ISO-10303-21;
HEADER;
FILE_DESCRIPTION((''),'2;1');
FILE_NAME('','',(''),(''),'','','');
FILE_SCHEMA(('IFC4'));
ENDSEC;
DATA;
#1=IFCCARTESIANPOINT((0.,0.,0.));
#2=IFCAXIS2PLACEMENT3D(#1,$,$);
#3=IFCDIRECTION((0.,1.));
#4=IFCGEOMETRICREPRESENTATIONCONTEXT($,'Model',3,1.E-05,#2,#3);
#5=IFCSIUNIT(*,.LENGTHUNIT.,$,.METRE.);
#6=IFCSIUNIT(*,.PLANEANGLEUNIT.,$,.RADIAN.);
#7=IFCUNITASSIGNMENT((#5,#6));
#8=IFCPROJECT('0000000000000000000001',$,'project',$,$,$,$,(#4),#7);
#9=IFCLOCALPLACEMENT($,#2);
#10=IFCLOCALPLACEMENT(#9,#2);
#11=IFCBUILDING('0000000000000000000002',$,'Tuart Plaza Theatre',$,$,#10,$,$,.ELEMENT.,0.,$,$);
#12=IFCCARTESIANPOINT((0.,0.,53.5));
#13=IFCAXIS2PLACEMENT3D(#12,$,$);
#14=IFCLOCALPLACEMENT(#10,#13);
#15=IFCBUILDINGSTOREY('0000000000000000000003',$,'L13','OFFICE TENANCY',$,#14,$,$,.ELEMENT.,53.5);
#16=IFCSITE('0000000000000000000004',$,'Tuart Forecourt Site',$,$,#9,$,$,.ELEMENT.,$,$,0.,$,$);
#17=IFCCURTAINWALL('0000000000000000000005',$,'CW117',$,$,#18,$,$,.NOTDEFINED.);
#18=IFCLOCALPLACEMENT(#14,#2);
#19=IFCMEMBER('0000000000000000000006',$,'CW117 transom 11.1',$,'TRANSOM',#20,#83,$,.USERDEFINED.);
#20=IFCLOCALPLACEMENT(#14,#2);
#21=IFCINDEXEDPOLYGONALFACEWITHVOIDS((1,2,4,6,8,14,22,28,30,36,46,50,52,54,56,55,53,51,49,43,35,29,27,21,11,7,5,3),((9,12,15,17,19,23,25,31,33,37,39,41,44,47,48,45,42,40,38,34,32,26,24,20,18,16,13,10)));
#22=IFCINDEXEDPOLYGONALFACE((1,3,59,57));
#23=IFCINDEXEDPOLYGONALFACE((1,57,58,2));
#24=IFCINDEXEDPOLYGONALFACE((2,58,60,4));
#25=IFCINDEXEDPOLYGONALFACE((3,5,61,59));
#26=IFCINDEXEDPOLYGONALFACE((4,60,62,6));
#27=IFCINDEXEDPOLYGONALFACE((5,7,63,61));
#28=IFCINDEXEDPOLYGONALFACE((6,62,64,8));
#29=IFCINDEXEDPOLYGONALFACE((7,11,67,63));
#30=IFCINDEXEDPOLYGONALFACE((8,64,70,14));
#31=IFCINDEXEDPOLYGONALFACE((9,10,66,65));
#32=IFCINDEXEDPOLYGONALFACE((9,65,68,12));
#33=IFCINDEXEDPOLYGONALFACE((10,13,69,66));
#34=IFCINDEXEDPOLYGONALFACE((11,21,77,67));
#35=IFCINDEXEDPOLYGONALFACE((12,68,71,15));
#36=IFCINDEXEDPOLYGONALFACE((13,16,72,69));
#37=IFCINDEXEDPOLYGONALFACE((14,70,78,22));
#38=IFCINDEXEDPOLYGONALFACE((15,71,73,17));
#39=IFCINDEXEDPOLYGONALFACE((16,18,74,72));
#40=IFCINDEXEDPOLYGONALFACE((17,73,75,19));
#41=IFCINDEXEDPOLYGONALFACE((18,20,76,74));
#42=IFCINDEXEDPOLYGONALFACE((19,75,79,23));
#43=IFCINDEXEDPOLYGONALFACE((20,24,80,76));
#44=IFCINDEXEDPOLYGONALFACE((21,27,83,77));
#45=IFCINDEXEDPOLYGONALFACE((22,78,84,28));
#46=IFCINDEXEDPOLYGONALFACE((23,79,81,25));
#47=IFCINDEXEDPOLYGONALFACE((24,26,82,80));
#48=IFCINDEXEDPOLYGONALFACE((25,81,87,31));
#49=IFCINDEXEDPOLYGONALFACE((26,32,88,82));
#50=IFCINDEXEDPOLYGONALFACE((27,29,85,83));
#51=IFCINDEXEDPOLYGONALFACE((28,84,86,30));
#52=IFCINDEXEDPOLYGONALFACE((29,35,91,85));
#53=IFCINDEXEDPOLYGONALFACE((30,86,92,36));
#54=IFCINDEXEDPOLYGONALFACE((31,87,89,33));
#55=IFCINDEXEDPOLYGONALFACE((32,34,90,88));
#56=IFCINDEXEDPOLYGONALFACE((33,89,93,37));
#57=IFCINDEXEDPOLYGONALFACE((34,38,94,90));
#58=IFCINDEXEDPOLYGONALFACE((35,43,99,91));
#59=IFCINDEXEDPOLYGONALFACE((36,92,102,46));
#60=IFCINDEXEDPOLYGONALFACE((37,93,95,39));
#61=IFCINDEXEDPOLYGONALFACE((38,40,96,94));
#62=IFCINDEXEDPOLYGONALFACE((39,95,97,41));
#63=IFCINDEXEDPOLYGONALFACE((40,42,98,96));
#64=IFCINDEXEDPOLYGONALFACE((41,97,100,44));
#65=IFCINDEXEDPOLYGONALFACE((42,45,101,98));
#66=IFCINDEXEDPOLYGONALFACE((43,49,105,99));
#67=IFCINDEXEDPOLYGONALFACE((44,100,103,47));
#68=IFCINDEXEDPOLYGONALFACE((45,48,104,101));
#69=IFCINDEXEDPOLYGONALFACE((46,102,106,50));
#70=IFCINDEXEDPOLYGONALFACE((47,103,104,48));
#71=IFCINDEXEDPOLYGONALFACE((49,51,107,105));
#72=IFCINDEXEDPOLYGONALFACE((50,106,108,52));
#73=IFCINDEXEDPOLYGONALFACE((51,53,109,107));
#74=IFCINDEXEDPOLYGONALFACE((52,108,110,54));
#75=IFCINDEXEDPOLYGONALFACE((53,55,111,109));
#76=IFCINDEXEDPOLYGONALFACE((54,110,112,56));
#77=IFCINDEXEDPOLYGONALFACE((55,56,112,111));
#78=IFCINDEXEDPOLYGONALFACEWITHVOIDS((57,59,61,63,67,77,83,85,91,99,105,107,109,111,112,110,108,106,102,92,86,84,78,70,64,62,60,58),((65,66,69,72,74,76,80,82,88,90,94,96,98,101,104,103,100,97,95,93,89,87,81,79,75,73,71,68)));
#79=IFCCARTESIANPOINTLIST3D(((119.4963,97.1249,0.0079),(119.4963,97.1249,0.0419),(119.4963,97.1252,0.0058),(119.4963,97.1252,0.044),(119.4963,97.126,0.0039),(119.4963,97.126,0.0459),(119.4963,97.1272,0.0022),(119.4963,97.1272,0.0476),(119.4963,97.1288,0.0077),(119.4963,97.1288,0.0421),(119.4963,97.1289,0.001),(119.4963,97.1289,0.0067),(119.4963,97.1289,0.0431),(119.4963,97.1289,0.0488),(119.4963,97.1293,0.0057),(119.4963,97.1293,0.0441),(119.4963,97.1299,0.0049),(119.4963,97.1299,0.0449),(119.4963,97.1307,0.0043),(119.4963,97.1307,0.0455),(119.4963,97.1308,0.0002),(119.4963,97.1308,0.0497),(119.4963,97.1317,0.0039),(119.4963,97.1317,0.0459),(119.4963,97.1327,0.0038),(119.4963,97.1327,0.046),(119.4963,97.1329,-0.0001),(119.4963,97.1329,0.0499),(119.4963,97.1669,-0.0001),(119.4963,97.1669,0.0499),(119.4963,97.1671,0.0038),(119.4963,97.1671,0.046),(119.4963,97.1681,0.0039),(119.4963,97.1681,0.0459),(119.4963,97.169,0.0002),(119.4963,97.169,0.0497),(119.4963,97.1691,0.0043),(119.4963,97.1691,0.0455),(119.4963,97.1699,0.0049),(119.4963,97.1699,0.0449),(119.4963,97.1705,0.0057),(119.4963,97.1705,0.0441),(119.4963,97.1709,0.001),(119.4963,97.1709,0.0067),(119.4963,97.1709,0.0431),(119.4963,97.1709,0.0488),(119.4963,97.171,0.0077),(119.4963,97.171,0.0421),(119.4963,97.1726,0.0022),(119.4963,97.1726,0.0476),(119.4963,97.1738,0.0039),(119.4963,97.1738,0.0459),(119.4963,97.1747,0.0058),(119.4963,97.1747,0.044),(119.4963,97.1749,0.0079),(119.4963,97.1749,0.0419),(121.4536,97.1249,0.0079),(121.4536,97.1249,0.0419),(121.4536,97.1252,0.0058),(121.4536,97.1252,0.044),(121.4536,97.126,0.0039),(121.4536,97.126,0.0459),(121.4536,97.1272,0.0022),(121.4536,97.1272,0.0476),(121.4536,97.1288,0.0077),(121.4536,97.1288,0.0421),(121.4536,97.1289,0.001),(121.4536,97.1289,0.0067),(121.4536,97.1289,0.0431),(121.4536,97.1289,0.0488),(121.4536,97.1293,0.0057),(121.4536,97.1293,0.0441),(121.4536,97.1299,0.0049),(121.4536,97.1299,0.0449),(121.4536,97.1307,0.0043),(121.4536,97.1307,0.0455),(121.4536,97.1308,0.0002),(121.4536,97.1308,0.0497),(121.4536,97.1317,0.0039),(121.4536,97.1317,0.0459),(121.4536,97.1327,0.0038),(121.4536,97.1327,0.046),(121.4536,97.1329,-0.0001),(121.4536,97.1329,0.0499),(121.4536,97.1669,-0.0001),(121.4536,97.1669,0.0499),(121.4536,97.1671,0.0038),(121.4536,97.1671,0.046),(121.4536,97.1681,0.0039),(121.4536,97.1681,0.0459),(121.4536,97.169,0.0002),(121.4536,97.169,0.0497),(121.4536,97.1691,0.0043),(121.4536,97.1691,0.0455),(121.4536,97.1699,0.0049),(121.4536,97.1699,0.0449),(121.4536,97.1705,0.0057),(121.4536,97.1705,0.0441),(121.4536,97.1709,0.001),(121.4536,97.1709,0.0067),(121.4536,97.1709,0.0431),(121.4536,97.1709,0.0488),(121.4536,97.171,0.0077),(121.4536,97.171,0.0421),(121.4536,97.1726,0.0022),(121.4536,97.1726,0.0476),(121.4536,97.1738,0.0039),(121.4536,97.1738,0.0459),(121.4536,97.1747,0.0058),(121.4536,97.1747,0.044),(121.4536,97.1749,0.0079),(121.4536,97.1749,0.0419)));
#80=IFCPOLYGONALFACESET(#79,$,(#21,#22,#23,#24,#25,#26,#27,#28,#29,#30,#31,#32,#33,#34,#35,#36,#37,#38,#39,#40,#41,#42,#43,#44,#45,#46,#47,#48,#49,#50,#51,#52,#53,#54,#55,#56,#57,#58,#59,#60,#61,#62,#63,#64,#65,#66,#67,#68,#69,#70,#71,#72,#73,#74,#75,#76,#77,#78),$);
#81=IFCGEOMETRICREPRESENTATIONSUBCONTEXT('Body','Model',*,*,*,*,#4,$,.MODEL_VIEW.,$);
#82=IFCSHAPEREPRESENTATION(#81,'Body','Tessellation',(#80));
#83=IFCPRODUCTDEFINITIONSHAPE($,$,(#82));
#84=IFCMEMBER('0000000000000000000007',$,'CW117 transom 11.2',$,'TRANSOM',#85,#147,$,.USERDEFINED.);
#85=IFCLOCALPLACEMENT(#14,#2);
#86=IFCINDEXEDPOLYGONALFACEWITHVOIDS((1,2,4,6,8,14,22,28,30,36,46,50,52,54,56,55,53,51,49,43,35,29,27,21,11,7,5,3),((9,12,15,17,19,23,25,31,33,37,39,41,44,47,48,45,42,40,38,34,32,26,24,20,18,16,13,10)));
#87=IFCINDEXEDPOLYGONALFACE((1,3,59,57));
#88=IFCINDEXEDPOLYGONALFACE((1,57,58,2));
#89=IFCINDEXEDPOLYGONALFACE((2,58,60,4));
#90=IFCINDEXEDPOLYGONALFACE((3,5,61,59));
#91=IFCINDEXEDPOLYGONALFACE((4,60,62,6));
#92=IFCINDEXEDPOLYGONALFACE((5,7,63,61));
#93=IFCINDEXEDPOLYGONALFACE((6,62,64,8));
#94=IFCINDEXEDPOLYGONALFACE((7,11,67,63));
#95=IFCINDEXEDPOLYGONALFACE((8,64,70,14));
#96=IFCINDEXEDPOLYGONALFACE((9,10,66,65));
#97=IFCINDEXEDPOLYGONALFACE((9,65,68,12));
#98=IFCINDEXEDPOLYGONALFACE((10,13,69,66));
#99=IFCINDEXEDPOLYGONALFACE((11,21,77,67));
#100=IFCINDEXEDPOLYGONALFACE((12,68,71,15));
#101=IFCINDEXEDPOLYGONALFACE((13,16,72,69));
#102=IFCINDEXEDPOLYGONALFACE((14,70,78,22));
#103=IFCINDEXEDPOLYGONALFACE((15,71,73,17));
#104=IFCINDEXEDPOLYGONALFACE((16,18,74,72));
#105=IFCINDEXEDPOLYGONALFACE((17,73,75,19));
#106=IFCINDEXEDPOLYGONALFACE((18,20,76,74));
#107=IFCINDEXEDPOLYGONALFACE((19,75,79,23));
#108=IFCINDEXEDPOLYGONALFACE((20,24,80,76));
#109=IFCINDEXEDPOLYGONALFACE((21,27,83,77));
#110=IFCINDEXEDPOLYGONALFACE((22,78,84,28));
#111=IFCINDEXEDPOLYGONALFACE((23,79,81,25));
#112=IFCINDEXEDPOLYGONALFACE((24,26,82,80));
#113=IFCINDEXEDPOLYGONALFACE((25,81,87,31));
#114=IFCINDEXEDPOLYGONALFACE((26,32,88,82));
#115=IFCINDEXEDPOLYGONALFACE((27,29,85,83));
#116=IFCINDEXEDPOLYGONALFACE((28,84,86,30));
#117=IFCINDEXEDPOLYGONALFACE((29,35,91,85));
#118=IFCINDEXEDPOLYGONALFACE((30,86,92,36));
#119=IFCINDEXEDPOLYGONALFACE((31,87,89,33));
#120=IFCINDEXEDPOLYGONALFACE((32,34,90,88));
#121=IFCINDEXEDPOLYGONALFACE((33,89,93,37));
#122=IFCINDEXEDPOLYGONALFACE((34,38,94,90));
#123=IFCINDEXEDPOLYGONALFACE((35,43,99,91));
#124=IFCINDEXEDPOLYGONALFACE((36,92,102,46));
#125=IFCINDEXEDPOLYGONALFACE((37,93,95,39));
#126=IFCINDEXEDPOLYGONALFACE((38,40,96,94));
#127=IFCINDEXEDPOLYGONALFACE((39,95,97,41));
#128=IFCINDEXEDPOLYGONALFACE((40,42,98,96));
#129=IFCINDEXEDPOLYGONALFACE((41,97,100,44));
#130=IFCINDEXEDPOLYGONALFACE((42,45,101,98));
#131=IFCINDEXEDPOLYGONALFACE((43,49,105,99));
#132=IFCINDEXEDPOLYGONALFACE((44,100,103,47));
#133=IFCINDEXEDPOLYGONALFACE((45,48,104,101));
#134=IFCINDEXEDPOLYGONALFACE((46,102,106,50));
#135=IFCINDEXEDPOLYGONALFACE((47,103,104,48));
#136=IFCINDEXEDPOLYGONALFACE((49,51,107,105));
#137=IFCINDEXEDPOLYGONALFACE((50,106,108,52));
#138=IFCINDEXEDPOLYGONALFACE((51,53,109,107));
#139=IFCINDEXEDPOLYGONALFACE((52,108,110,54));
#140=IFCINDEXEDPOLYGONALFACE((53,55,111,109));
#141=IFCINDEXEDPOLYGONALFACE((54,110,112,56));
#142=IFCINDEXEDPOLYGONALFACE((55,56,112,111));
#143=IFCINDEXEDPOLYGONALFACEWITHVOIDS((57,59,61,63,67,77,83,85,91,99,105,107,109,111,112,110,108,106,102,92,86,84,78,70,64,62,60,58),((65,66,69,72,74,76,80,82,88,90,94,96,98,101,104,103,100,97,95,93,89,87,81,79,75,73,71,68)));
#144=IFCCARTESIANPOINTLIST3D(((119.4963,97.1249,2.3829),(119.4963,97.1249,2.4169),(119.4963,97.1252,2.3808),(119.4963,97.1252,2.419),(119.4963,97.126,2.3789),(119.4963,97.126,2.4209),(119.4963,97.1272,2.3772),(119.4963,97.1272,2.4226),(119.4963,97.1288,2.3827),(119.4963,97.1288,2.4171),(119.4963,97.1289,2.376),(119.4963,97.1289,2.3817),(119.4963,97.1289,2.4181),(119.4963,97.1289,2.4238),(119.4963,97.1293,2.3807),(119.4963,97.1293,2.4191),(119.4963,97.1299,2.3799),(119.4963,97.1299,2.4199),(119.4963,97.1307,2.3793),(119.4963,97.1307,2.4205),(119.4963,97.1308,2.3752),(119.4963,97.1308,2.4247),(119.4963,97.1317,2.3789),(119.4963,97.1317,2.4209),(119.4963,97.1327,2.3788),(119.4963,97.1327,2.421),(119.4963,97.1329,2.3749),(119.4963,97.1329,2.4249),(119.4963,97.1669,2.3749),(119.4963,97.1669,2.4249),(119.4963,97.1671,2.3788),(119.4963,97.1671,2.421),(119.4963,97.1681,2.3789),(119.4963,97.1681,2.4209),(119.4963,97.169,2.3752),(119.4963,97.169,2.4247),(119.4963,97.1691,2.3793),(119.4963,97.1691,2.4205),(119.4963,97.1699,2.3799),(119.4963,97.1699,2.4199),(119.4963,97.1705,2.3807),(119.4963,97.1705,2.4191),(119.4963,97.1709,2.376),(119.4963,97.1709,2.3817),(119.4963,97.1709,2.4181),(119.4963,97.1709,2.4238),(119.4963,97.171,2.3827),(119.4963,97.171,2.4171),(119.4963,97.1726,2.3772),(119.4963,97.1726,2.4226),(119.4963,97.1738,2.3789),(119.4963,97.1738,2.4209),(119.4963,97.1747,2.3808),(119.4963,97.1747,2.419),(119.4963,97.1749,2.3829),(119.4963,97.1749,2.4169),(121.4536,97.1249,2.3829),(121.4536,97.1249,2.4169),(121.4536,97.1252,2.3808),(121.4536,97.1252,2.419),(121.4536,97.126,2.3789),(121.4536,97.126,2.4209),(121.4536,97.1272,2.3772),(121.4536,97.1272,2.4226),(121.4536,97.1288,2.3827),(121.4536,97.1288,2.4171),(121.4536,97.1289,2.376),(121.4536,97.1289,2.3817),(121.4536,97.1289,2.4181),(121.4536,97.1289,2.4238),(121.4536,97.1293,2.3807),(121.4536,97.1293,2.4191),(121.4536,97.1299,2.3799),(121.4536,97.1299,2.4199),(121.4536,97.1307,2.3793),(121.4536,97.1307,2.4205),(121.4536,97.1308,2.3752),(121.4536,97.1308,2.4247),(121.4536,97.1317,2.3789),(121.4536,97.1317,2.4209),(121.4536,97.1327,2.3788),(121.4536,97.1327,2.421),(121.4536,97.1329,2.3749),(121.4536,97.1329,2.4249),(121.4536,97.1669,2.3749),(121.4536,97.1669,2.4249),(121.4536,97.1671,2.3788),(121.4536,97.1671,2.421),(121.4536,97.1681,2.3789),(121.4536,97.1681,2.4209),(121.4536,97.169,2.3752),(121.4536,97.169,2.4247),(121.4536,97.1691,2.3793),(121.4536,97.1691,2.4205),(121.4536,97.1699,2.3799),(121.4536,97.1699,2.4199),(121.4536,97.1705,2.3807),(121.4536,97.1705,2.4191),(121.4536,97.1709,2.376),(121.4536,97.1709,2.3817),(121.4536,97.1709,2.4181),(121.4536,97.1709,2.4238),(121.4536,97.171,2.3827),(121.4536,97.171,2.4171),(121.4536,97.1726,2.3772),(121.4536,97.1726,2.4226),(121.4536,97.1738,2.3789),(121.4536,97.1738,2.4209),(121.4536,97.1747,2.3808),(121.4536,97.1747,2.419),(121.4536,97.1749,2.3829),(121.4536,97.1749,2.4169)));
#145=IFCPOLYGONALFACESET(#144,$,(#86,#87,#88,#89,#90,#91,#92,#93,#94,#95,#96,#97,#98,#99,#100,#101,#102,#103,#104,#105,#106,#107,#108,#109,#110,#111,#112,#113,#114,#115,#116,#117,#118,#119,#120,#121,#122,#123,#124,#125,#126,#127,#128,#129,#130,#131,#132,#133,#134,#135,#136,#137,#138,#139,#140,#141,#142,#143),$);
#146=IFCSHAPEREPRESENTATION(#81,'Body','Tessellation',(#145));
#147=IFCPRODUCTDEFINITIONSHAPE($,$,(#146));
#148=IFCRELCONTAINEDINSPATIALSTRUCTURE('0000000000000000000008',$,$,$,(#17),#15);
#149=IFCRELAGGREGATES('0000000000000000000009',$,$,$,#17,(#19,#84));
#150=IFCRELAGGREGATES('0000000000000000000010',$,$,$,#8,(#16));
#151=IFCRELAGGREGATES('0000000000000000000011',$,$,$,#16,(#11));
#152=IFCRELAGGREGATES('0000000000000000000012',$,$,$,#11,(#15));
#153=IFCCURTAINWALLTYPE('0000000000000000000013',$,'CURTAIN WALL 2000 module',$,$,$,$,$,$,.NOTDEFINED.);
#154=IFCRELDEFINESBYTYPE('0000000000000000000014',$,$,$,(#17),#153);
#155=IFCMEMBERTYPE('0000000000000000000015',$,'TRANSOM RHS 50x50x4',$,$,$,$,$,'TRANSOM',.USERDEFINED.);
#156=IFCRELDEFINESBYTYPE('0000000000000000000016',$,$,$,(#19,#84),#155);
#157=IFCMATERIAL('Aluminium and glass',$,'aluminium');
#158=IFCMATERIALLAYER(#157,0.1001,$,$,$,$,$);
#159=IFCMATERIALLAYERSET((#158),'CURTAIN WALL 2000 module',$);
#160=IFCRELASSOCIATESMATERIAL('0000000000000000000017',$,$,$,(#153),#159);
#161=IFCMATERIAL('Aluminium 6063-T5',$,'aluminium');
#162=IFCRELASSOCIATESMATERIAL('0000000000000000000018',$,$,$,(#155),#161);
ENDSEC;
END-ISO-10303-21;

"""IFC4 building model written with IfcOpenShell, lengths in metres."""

from ifc_helpers import new_model, si_unit, direction, frame, origin, origin_2d, place, context, subcontext, project, spatial, hollow_rectangle, extrude, material, layer, layer_set, material_profile, profile_set, type_object, element, aggregate, save


model = new_model("IFC4")

# Units and contexts
model_context = context("Model", 3, precision=1e-05, world=origin(), true_north=direction((0.0, 1.0)))
body_context = subcontext(model_context, "Body", "Model", "MODEL_VIEW")
ifc_project = project(units=[si_unit("LENGTHUNIT", "METRE"), si_unit("PLANEANGLEUNIT", "RADIAN")], contexts=[model_context])

# Site, building, storey
site_placement = place(None, origin())
site = spatial("IfcSite", under=ifc_project, at=site_placement, Name="Tuart Forecourt Site", CompositionType="ELEMENT", RefElevation=0.0)
building_placement = place(site_placement, origin())
building = spatial("IfcBuilding", under=site, at=building_placement, Name="Tuart Plaza Theatre", CompositionType="ELEMENT", ElevationOfRefHeight=0.0)
storey_placement = place(building_placement, frame((0.0, 0.0, 53.5)))
storey = spatial("IfcBuildingStorey", under=building, at=storey_placement, Name="L13", Description="OFFICE TENANCY", CompositionType="ELEMENT", Elevation=53.5)

# Curtain wall, members
ifc_material_1 = material(Name="Aluminium and glass", Category="aluminium")
ifc_layer_1 = layer(ifc_material_1, 0.1001)
ifc_layer_set_1 = layer_set([ifc_layer_1], Name="CURTAIN WALL 2000 module")
curtain_wall_type = type_object("IfcCurtainWallType", Name="CURTAIN WALL 2000 module", PredefinedType="NOTDEFINED", material=ifc_layer_set_1)
curtain_wall_placement = place(storey_placement, origin())
curtain_wall = element("IfcCurtainWall", 1, at=curtain_wall_placement, inside=storey, type_object=curtain_wall_type, Name="CW117", PredefinedType="NOTDEFINED")
ifc_material_2 = material(Name="Aluminium 6063-T5", Category="aluminium")
ifc_material_profile_1 = material_profile(ifc_material_2, hollow_rectangle(XDim=0.05, YDim=0.05, WallThickness=0.0039, InnerFilletRadius=0.0039, OuterFilletRadius=0.0081, at=origin_2d()), Name="RHS 50x50x4")
ifc_profile_set_1 = profile_set([ifc_material_profile_1], Name="Aluminium 6063-T5")
member_type_1 = type_object("IfcMemberType", Name="TRANSOM RHS 50x50x4", ElementType="TRANSOM", PredefinedType="USERDEFINED", material=ifc_profile_set_1)
member_1_placement = place(storey_placement, frame((121.4536, 97.1499, 0.0249), z_axis=(-1.0, 0.0, 0.0), x_axis=(0.0, -1.0, 0.0)))
member_1 = element("IfcMember", 2, at=member_1_placement, type_object=member_type_1, Name="CW117 transom 11.1", ObjectType="TRANSOM", PredefinedType="USERDEFINED", context=body_context, shape_type="SweptSolid", body=[
    extrude(hollow_rectangle(XDim=0.05, YDim=0.05, WallThickness=0.0039, InnerFilletRadius=0.0039, OuterFilletRadius=0.0081, at=origin_2d()), origin(), (0.0, 0.0, 1.0), 1.9573),
])
member_2_placement = place(storey_placement, frame((121.4536, 97.1499, 2.3999), z_axis=(-1.0, 0.0, 0.0), x_axis=(0.0, -1.0, 0.0)))
member_2 = element("IfcMember", 3, at=member_2_placement, type_object=member_type_1, Name="CW117 transom 11.2", ObjectType="TRANSOM", PredefinedType="USERDEFINED", context=body_context, shape_type="SweptSolid", body=[
    extrude(hollow_rectangle(XDim=0.05, YDim=0.05, WallThickness=0.0039, InnerFilletRadius=0.0039, OuterFilletRadius=0.0081, at=origin_2d()), origin(), (0.0, 0.0, 1.0), 1.9573),
])
aggregate(curtain_wall, [member_1, member_2])

save(model, "model.ifc")
